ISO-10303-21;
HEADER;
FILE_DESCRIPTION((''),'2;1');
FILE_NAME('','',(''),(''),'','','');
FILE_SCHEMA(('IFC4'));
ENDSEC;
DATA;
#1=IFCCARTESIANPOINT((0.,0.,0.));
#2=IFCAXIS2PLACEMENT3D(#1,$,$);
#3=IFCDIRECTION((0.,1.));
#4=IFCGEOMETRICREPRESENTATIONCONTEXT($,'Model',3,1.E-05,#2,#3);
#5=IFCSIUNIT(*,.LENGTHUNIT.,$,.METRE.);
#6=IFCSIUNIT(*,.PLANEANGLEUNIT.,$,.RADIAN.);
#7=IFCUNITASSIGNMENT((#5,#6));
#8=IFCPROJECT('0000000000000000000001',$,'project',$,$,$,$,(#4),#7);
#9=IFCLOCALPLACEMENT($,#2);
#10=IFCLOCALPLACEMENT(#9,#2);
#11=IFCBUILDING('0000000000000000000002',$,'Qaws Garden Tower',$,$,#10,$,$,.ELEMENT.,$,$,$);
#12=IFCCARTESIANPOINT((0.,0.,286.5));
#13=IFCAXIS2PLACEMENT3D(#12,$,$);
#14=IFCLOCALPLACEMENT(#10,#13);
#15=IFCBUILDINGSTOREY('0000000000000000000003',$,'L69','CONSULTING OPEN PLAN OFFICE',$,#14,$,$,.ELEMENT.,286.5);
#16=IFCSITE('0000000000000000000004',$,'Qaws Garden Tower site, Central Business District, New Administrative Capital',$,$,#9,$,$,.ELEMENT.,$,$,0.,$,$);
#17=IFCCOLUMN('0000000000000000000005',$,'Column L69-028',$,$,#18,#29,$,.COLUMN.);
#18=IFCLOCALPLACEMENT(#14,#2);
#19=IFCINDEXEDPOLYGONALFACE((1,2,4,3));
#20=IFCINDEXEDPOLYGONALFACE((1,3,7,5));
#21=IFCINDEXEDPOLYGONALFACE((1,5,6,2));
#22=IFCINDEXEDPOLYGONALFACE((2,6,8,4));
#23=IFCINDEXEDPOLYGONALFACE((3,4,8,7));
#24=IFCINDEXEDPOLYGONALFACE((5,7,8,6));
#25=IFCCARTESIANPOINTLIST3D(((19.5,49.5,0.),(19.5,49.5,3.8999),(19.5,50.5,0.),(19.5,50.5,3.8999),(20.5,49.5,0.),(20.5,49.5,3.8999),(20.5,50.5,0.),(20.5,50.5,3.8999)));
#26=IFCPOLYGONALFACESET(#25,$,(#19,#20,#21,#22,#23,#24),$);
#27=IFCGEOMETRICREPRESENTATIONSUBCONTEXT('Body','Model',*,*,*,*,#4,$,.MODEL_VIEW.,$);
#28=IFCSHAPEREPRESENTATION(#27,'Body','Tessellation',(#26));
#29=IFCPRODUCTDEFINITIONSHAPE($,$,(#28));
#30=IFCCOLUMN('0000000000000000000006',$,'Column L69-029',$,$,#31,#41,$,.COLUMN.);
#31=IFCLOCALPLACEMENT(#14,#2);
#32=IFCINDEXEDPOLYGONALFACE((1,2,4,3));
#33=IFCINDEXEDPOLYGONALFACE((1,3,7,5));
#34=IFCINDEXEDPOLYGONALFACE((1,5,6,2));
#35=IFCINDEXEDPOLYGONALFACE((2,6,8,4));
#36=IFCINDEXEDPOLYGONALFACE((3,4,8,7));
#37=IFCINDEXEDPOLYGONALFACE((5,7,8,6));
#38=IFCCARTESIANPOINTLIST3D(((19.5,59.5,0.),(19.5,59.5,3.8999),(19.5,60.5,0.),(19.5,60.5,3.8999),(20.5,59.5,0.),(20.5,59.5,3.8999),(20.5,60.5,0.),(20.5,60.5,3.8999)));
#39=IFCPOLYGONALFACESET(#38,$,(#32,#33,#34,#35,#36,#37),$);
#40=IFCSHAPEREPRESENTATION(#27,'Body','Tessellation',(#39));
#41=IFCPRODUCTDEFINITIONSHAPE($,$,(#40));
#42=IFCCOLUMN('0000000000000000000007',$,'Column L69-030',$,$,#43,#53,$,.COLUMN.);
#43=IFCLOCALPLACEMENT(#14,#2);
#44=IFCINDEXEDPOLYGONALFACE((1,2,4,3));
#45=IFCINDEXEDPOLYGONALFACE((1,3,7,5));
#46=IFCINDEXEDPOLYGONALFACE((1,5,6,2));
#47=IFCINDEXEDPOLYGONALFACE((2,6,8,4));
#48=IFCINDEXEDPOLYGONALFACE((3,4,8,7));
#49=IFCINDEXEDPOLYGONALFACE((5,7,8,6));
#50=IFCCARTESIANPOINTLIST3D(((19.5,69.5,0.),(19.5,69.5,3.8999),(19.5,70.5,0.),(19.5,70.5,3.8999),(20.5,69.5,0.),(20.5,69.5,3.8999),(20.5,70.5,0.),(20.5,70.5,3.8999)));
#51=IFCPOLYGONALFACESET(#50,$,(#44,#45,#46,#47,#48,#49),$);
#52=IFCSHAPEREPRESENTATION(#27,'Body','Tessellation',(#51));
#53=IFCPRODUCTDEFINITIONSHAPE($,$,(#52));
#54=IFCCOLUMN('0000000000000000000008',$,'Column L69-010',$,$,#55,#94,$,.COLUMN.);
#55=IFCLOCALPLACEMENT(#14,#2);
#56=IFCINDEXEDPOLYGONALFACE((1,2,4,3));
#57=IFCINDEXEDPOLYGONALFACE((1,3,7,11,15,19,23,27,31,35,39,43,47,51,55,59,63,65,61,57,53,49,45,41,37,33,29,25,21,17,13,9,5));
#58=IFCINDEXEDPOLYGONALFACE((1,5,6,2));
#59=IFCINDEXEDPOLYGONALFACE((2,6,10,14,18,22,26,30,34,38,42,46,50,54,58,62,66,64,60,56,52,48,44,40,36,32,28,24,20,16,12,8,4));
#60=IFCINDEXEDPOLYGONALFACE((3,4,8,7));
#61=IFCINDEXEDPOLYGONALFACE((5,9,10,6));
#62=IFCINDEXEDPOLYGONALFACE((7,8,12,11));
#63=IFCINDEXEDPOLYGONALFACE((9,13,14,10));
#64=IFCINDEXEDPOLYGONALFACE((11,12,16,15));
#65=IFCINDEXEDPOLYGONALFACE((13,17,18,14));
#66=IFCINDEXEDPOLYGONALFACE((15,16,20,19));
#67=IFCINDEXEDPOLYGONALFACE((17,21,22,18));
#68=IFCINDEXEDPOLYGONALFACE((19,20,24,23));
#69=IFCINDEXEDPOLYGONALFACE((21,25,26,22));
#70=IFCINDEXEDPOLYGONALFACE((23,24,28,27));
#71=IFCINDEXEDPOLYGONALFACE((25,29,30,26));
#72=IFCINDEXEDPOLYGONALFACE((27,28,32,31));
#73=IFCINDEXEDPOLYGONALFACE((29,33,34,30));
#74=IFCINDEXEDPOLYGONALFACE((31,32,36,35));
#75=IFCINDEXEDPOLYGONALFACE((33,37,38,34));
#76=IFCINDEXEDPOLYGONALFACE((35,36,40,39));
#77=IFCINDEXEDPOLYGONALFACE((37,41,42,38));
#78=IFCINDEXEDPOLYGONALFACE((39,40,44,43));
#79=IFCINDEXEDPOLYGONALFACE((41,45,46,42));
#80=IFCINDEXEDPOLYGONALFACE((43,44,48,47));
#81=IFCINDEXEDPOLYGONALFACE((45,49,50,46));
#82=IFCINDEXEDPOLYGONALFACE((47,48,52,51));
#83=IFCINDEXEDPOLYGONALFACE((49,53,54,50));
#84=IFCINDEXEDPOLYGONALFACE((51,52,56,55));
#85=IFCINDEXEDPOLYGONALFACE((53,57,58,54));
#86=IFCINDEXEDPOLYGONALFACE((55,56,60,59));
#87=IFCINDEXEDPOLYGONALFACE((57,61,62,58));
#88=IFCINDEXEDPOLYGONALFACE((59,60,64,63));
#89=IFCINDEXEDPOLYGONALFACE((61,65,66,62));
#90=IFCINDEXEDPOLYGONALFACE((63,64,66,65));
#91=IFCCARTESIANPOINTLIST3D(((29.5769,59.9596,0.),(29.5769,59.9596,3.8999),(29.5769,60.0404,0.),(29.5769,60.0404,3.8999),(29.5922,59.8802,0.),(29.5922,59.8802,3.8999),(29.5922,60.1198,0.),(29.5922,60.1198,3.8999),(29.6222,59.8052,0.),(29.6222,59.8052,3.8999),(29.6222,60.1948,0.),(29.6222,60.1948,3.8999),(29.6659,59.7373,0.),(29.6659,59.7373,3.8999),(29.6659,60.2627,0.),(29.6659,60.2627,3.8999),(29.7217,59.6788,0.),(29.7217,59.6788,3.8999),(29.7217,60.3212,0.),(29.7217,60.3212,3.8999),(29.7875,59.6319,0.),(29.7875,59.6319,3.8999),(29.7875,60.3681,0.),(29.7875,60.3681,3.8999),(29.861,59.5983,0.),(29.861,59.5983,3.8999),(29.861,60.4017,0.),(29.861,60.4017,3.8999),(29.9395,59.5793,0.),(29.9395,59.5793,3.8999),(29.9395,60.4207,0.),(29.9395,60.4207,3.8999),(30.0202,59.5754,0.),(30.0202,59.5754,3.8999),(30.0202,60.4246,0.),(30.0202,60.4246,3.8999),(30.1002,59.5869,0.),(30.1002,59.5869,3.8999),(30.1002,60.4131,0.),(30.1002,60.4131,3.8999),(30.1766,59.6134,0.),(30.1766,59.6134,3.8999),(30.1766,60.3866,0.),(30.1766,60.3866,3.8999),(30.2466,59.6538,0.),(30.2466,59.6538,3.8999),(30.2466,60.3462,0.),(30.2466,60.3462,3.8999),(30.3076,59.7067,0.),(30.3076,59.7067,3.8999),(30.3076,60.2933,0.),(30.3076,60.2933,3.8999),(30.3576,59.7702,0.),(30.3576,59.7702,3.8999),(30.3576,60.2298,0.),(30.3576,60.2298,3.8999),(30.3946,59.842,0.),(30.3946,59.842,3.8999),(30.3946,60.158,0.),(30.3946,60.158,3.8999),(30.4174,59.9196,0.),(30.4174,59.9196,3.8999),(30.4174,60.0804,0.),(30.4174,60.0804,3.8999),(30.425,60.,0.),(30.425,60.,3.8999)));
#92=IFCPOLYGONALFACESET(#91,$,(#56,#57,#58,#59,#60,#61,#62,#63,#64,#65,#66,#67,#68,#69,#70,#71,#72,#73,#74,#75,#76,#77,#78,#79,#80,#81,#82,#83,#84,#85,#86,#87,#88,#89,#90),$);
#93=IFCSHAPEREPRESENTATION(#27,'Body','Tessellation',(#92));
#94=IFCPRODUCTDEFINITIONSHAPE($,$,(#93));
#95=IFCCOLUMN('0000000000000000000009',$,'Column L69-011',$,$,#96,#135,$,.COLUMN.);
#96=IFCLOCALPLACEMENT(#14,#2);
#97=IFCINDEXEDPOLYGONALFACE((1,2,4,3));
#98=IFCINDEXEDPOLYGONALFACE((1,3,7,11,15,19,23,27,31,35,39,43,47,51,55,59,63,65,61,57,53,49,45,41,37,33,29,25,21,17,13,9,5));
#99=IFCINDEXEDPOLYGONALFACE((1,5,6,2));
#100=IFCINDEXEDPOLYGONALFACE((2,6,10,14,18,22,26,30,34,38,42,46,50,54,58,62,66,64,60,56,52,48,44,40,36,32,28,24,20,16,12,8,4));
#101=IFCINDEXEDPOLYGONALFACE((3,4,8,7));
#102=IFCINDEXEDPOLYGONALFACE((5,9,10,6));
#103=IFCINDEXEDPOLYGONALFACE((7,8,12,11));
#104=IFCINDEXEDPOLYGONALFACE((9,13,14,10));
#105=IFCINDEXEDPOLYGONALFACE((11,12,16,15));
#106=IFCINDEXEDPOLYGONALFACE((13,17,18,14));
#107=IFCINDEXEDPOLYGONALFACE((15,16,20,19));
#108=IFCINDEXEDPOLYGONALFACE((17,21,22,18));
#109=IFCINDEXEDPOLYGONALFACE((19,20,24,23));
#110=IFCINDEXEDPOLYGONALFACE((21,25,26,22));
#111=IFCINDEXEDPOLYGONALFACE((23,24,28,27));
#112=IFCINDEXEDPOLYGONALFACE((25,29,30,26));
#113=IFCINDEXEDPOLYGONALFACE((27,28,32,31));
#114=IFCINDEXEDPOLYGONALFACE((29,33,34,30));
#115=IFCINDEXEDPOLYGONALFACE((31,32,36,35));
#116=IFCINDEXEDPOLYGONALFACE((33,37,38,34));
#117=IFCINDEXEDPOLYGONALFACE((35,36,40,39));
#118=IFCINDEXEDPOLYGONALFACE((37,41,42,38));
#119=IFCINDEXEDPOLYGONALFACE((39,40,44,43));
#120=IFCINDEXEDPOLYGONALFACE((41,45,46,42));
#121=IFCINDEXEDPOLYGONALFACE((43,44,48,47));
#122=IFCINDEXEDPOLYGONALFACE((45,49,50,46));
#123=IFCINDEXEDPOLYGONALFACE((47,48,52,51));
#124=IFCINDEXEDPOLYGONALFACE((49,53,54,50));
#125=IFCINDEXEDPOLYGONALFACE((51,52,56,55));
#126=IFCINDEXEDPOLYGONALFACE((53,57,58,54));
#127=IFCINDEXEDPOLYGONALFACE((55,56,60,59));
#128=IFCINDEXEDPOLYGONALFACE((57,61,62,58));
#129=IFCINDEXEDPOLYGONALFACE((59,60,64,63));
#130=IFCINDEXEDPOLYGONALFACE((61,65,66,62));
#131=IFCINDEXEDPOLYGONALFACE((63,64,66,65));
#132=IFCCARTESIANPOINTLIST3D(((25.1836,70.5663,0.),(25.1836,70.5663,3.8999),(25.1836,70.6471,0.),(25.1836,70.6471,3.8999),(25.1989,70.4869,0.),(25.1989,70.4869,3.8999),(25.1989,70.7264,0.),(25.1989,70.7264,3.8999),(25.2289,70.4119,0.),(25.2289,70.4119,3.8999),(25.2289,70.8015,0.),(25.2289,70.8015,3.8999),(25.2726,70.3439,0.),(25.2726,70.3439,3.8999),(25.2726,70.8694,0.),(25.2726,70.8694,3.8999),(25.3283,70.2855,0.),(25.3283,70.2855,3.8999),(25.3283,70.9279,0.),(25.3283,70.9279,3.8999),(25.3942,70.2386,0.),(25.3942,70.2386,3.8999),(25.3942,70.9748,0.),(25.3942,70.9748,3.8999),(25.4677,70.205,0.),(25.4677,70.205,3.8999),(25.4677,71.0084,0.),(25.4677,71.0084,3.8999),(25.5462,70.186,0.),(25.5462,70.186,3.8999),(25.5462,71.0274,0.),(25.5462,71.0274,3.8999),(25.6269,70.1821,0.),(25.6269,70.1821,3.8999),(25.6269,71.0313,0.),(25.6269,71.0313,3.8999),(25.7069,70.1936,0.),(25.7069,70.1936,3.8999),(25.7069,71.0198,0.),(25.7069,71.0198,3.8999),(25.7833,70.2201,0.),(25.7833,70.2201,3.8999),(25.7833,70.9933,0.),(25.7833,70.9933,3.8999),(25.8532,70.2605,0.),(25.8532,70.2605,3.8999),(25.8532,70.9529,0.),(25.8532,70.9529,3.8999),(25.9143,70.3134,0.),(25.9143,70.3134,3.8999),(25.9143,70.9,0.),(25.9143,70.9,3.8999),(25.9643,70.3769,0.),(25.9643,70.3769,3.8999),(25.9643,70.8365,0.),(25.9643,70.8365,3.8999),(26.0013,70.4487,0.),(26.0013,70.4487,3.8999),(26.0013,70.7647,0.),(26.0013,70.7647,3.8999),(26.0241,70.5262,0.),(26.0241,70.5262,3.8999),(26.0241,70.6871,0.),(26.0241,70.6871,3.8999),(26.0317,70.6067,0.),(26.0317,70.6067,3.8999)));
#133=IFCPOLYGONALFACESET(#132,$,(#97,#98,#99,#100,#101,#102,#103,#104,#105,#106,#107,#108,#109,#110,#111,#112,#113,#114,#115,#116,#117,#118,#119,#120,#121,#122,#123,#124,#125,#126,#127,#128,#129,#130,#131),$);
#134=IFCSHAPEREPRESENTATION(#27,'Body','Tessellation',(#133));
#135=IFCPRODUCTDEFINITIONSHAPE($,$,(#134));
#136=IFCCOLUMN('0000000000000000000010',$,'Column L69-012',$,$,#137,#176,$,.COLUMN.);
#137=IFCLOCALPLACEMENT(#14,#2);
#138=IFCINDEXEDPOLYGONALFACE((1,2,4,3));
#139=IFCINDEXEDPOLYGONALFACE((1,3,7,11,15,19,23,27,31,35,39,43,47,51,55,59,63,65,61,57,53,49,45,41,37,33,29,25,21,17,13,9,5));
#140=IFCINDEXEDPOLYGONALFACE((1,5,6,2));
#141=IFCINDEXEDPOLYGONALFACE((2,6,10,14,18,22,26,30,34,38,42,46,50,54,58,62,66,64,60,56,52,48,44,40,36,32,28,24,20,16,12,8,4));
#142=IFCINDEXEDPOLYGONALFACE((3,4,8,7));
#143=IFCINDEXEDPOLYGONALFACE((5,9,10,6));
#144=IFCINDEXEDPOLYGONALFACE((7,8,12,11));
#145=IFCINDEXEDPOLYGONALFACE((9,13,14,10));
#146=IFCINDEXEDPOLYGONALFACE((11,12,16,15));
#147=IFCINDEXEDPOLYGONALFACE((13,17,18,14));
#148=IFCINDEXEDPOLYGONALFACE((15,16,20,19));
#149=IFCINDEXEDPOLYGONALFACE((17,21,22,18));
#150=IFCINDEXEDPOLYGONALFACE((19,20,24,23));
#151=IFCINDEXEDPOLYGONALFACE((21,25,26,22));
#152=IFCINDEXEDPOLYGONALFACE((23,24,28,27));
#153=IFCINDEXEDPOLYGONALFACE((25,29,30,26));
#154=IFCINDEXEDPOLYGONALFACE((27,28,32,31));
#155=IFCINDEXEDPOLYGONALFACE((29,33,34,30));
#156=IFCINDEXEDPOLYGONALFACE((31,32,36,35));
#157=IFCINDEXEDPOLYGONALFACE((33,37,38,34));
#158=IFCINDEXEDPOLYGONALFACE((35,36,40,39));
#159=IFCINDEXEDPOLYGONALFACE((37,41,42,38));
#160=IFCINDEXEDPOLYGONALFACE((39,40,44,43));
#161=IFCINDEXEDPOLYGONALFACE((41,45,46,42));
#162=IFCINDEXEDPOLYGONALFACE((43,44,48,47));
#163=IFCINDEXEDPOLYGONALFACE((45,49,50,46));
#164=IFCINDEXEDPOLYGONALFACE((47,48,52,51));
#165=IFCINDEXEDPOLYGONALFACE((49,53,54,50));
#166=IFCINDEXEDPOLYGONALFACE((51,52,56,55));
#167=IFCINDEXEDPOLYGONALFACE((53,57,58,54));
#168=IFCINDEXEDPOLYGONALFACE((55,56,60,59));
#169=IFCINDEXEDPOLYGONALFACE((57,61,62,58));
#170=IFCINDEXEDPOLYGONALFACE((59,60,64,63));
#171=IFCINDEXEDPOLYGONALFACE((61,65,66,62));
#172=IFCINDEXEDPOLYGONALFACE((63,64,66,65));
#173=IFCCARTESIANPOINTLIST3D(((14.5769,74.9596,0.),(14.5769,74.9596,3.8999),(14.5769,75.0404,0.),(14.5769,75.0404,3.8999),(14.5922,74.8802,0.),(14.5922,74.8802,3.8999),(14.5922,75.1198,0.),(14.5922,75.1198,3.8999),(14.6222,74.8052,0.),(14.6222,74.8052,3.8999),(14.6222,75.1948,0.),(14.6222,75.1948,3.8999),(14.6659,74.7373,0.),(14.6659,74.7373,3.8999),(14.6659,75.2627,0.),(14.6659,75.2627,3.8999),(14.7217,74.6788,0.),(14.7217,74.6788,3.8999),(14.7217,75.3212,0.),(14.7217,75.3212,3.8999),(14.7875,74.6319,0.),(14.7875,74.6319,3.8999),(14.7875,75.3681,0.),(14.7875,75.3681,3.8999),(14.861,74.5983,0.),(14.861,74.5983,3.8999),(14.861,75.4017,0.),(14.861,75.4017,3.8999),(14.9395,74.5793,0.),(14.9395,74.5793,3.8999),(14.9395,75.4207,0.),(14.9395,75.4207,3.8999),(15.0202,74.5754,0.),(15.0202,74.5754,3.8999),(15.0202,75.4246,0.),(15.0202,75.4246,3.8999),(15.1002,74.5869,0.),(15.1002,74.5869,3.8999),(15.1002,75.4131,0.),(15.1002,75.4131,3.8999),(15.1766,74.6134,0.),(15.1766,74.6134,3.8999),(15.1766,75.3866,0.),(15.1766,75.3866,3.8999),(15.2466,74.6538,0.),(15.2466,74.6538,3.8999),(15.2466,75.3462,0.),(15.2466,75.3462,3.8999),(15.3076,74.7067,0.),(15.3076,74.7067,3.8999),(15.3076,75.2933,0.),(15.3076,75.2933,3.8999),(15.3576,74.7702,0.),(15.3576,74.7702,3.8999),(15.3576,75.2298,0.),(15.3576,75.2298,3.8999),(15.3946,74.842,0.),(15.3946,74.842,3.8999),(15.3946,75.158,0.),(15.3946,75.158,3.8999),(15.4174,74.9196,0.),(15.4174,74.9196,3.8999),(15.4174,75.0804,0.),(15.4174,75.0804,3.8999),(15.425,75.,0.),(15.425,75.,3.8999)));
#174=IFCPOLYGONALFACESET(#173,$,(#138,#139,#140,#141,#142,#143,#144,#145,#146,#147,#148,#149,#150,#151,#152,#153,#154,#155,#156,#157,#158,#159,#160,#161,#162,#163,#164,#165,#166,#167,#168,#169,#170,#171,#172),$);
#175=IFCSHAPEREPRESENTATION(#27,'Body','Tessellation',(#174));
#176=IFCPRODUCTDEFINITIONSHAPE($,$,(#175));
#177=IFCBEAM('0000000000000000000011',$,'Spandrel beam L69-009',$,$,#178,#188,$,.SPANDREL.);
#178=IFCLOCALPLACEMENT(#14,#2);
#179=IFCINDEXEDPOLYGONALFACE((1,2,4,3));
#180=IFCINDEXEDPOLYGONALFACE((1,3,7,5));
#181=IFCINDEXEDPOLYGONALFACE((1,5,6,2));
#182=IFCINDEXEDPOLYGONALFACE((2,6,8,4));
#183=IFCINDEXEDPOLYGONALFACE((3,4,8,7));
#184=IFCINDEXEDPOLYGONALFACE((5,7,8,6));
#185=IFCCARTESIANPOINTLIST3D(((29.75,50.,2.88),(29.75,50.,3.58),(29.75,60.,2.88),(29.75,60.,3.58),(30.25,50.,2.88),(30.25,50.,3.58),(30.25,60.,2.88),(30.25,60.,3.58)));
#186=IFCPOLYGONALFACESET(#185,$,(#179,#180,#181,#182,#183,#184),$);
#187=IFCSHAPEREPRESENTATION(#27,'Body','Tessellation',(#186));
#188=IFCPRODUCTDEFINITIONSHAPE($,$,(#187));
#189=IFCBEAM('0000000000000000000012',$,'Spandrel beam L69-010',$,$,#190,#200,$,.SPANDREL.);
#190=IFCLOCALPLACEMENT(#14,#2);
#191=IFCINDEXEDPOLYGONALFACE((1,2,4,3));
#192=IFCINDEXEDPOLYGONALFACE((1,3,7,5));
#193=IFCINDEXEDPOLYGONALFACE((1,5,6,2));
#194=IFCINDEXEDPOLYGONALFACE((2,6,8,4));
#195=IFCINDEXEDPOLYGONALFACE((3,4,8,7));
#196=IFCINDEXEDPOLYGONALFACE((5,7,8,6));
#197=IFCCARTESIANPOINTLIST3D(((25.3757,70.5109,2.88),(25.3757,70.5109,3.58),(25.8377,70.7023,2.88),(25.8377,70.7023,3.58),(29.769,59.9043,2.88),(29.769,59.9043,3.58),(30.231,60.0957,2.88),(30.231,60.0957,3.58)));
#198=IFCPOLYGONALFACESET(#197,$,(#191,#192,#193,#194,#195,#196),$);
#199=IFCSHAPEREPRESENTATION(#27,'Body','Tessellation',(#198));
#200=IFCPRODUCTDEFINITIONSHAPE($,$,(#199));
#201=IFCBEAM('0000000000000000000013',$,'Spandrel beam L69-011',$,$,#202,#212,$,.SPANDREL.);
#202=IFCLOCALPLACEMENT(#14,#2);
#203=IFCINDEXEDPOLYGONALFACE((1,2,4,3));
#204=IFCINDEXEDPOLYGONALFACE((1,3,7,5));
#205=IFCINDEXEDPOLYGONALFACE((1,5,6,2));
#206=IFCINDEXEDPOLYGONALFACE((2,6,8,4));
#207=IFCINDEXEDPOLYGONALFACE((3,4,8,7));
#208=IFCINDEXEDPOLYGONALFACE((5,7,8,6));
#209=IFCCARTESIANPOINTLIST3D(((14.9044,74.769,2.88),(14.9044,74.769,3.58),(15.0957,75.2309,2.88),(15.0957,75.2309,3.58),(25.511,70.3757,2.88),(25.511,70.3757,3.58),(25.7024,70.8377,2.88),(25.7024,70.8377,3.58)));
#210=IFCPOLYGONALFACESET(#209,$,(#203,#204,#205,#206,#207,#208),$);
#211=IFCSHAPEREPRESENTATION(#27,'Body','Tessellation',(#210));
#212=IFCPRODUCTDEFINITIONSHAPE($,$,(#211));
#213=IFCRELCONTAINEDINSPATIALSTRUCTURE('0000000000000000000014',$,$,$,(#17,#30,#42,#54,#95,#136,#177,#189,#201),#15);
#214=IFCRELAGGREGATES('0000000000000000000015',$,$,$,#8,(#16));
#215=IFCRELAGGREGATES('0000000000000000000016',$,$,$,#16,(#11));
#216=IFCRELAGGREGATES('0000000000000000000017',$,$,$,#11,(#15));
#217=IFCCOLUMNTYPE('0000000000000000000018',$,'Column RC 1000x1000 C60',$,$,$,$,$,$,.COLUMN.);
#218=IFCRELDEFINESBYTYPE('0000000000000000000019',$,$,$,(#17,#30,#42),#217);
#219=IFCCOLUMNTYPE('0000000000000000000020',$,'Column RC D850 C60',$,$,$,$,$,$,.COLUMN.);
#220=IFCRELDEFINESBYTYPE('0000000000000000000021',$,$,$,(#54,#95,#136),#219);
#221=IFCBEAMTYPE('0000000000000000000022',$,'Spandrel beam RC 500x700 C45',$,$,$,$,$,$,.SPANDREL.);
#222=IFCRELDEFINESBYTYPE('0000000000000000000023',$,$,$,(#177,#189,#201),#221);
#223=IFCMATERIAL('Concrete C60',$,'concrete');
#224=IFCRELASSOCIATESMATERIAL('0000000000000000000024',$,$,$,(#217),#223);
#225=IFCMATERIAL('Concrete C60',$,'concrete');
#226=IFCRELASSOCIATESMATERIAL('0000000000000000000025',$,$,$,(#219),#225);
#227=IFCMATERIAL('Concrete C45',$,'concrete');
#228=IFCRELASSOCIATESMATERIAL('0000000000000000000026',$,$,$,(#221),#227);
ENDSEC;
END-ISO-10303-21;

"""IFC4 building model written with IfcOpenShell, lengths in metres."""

from ifc_helpers import new_model, si_unit, direction, frame, origin, origin_2d, place, context, subcontext, project, spatial, rectangle, circle, extrude, material, material_profile, profile_set, type_object, element, save


model = new_model("IFC4")

# Units and contexts
model_context = context("Model", 3, precision=1e-05, world=origin(), true_north=direction((0.0, 1.0)))
body_context = subcontext(model_context, "Body", "Model", "MODEL_VIEW")
ifc_project = project(units=[si_unit("LENGTHUNIT", "METRE"), si_unit("PLANEANGLEUNIT", "RADIAN")], contexts=[model_context])

# Site, building, storey
site_placement = place(None, origin())
site = spatial("IfcSite", under=ifc_project, at=site_placement, Name="Qaws Garden Tower site, Central Business District, New Administrative Capital", CompositionType="ELEMENT", RefElevation=0.0)
building_placement = place(site_placement, origin())
building = spatial("IfcBuilding", under=site, at=building_placement, Name="Qaws Garden Tower", CompositionType="ELEMENT")
storey_placement = place(building_placement, frame((0.0, 0.0, 286.5)))
storey = spatial("IfcBuildingStorey", under=building, at=storey_placement, Name="L69", Description="CONSULTING OPEN PLAN OFFICE", CompositionType="ELEMENT", Elevation=286.5)

# Columns
ifc_material_1 = material(Name="Concrete C60", Category="concrete")
ifc_material_profile_1 = material_profile(ifc_material_1, rectangle(XDim=1.0, YDim=1.0, at=origin_2d()), Name="RC 1000x1000")
ifc_profile_set_1 = profile_set([ifc_material_profile_1], Name="Concrete C60")
column_type_1 = type_object("IfcColumnType", Name="Column RC 1000x1000 C60", PredefinedType="COLUMN", material=ifc_profile_set_1)
for number, where, z_axis, x_axis, name in (
    (1, (20.0, 50.0, 0.0), (0.0, 0.0, 1.0), (1.0, 0.0, 0.0), "Column L69-028"),
    (2, (20.0, 60.0, 0.0), (0.0, 0.0, 1.0), (1.0, 0.0, 0.0), "Column L69-029"),
    (3, (20.0, 70.0, 0.0), (0.0, 0.0, 1.0), (1.0, 0.0, 0.0), "Column L69-030"),
):
    element("IfcColumn", number, at=place(storey_placement, frame(where, z_axis=z_axis, x_axis=x_axis)), inside=storey, type_object=column_type_1, Name=name, PredefinedType="COLUMN", context=body_context, shape_type="SweptSolid", body=[
        extrude(rectangle(XDim=1.0, YDim=1.0, at=origin_2d()), origin(), (0.0, 0.0, 1.0), 3.8999),
    ])
ifc_material_2 = material(Name="Concrete C60", Category="concrete")
ifc_material_profile_2 = material_profile(ifc_material_2, circle(Radius=0.425, at=origin_2d()), Name="RC D850")
ifc_profile_set_2 = profile_set([ifc_material_profile_2], Name="Concrete C60")
column_type_2 = type_object("IfcColumnType", Name="Column RC D850 C60", PredefinedType="COLUMN", material=ifc_profile_set_2)
for number, where, z_axis, x_axis, name in (
    (4, (30.0, 60.0, 0.0), (0.0, 0.0, 1.0), (1.0, 0.0, 0.0), "Column L69-010"),
    (5, (25.6067, 70.6067, 0.0), (0.0, 0.0, 1.0), (1.0, 0.0, 0.0), "Column L69-011"),
    (6, (15.0, 75.0, 0.0), (0.0, 0.0, 1.0), (1.0, 0.0, 0.0), "Column L69-012"),
):
    element("IfcColumn", number, at=place(storey_placement, frame(where, z_axis=z_axis, x_axis=x_axis)), inside=storey, type_object=column_type_2, Name=name, PredefinedType="COLUMN", context=body_context, shape_type="SweptSolid", body=[
        extrude(circle(Radius=0.425, at=origin_2d()), origin(), (0.0, 0.0, 1.0), 3.8999),
    ])

# Beams
ifc_material_3 = material(Name="Concrete C45", Category="concrete")
ifc_material_profile_3 = material_profile(ifc_material_3, rectangle(XDim=0.5, YDim=0.7, at=origin_2d()), Name="RC 500x700")
ifc_profile_set_3 = profile_set([ifc_material_profile_3], Name="Concrete C45")
beam_type = type_object("IfcBeamType", Name="Spandrel beam RC 500x700 C45", PredefinedType="SPANDREL", material=ifc_profile_set_3)
beam_placement = place(storey_placement, frame((30.0, 50.0, 3.23), z_axis=(0.0, 1.0, 0.0), x_axis=(-1.0, 0.0, 0.0)))
element("IfcBeam", 7, at=beam_placement, inside=storey, type_object=beam_type, Name="Spandrel beam L69-009", PredefinedType="SPANDREL", context=body_context, shape_type="SweptSolid", body=[
    extrude(rectangle(XDim=0.5, YDim=0.7, at=origin_2d()), origin(), (0.0, 0.0, 1.0), 10.0),
])
for number, where, z_axis, x_axis, name in (
    (8, (30.0, 60.0, 3.23), (-0.382674, 0.923883, 0.0), (-0.923883, -0.382674, 0.0), "Spandrel beam L69-010"),
    (9, (25.6067, 70.6067, 3.23), (-0.923883, 0.382674, 0.0), (-0.382674, -0.923883, 0.0), "Spandrel beam L69-011"),
):
    element("IfcBeam", number, at=place(storey_placement, frame(where, z_axis=z_axis, x_axis=x_axis)), inside=storey, type_object=beam_type, Name=name, PredefinedType="SPANDREL", context=body_context, shape_type="SweptSolid", body=[
        extrude(rectangle(XDim=0.5, YDim=0.7, at=origin_2d()), origin(), (0.0, 0.0, 1.0), 11.4805),
    ])

save(model, "model.ifc")
